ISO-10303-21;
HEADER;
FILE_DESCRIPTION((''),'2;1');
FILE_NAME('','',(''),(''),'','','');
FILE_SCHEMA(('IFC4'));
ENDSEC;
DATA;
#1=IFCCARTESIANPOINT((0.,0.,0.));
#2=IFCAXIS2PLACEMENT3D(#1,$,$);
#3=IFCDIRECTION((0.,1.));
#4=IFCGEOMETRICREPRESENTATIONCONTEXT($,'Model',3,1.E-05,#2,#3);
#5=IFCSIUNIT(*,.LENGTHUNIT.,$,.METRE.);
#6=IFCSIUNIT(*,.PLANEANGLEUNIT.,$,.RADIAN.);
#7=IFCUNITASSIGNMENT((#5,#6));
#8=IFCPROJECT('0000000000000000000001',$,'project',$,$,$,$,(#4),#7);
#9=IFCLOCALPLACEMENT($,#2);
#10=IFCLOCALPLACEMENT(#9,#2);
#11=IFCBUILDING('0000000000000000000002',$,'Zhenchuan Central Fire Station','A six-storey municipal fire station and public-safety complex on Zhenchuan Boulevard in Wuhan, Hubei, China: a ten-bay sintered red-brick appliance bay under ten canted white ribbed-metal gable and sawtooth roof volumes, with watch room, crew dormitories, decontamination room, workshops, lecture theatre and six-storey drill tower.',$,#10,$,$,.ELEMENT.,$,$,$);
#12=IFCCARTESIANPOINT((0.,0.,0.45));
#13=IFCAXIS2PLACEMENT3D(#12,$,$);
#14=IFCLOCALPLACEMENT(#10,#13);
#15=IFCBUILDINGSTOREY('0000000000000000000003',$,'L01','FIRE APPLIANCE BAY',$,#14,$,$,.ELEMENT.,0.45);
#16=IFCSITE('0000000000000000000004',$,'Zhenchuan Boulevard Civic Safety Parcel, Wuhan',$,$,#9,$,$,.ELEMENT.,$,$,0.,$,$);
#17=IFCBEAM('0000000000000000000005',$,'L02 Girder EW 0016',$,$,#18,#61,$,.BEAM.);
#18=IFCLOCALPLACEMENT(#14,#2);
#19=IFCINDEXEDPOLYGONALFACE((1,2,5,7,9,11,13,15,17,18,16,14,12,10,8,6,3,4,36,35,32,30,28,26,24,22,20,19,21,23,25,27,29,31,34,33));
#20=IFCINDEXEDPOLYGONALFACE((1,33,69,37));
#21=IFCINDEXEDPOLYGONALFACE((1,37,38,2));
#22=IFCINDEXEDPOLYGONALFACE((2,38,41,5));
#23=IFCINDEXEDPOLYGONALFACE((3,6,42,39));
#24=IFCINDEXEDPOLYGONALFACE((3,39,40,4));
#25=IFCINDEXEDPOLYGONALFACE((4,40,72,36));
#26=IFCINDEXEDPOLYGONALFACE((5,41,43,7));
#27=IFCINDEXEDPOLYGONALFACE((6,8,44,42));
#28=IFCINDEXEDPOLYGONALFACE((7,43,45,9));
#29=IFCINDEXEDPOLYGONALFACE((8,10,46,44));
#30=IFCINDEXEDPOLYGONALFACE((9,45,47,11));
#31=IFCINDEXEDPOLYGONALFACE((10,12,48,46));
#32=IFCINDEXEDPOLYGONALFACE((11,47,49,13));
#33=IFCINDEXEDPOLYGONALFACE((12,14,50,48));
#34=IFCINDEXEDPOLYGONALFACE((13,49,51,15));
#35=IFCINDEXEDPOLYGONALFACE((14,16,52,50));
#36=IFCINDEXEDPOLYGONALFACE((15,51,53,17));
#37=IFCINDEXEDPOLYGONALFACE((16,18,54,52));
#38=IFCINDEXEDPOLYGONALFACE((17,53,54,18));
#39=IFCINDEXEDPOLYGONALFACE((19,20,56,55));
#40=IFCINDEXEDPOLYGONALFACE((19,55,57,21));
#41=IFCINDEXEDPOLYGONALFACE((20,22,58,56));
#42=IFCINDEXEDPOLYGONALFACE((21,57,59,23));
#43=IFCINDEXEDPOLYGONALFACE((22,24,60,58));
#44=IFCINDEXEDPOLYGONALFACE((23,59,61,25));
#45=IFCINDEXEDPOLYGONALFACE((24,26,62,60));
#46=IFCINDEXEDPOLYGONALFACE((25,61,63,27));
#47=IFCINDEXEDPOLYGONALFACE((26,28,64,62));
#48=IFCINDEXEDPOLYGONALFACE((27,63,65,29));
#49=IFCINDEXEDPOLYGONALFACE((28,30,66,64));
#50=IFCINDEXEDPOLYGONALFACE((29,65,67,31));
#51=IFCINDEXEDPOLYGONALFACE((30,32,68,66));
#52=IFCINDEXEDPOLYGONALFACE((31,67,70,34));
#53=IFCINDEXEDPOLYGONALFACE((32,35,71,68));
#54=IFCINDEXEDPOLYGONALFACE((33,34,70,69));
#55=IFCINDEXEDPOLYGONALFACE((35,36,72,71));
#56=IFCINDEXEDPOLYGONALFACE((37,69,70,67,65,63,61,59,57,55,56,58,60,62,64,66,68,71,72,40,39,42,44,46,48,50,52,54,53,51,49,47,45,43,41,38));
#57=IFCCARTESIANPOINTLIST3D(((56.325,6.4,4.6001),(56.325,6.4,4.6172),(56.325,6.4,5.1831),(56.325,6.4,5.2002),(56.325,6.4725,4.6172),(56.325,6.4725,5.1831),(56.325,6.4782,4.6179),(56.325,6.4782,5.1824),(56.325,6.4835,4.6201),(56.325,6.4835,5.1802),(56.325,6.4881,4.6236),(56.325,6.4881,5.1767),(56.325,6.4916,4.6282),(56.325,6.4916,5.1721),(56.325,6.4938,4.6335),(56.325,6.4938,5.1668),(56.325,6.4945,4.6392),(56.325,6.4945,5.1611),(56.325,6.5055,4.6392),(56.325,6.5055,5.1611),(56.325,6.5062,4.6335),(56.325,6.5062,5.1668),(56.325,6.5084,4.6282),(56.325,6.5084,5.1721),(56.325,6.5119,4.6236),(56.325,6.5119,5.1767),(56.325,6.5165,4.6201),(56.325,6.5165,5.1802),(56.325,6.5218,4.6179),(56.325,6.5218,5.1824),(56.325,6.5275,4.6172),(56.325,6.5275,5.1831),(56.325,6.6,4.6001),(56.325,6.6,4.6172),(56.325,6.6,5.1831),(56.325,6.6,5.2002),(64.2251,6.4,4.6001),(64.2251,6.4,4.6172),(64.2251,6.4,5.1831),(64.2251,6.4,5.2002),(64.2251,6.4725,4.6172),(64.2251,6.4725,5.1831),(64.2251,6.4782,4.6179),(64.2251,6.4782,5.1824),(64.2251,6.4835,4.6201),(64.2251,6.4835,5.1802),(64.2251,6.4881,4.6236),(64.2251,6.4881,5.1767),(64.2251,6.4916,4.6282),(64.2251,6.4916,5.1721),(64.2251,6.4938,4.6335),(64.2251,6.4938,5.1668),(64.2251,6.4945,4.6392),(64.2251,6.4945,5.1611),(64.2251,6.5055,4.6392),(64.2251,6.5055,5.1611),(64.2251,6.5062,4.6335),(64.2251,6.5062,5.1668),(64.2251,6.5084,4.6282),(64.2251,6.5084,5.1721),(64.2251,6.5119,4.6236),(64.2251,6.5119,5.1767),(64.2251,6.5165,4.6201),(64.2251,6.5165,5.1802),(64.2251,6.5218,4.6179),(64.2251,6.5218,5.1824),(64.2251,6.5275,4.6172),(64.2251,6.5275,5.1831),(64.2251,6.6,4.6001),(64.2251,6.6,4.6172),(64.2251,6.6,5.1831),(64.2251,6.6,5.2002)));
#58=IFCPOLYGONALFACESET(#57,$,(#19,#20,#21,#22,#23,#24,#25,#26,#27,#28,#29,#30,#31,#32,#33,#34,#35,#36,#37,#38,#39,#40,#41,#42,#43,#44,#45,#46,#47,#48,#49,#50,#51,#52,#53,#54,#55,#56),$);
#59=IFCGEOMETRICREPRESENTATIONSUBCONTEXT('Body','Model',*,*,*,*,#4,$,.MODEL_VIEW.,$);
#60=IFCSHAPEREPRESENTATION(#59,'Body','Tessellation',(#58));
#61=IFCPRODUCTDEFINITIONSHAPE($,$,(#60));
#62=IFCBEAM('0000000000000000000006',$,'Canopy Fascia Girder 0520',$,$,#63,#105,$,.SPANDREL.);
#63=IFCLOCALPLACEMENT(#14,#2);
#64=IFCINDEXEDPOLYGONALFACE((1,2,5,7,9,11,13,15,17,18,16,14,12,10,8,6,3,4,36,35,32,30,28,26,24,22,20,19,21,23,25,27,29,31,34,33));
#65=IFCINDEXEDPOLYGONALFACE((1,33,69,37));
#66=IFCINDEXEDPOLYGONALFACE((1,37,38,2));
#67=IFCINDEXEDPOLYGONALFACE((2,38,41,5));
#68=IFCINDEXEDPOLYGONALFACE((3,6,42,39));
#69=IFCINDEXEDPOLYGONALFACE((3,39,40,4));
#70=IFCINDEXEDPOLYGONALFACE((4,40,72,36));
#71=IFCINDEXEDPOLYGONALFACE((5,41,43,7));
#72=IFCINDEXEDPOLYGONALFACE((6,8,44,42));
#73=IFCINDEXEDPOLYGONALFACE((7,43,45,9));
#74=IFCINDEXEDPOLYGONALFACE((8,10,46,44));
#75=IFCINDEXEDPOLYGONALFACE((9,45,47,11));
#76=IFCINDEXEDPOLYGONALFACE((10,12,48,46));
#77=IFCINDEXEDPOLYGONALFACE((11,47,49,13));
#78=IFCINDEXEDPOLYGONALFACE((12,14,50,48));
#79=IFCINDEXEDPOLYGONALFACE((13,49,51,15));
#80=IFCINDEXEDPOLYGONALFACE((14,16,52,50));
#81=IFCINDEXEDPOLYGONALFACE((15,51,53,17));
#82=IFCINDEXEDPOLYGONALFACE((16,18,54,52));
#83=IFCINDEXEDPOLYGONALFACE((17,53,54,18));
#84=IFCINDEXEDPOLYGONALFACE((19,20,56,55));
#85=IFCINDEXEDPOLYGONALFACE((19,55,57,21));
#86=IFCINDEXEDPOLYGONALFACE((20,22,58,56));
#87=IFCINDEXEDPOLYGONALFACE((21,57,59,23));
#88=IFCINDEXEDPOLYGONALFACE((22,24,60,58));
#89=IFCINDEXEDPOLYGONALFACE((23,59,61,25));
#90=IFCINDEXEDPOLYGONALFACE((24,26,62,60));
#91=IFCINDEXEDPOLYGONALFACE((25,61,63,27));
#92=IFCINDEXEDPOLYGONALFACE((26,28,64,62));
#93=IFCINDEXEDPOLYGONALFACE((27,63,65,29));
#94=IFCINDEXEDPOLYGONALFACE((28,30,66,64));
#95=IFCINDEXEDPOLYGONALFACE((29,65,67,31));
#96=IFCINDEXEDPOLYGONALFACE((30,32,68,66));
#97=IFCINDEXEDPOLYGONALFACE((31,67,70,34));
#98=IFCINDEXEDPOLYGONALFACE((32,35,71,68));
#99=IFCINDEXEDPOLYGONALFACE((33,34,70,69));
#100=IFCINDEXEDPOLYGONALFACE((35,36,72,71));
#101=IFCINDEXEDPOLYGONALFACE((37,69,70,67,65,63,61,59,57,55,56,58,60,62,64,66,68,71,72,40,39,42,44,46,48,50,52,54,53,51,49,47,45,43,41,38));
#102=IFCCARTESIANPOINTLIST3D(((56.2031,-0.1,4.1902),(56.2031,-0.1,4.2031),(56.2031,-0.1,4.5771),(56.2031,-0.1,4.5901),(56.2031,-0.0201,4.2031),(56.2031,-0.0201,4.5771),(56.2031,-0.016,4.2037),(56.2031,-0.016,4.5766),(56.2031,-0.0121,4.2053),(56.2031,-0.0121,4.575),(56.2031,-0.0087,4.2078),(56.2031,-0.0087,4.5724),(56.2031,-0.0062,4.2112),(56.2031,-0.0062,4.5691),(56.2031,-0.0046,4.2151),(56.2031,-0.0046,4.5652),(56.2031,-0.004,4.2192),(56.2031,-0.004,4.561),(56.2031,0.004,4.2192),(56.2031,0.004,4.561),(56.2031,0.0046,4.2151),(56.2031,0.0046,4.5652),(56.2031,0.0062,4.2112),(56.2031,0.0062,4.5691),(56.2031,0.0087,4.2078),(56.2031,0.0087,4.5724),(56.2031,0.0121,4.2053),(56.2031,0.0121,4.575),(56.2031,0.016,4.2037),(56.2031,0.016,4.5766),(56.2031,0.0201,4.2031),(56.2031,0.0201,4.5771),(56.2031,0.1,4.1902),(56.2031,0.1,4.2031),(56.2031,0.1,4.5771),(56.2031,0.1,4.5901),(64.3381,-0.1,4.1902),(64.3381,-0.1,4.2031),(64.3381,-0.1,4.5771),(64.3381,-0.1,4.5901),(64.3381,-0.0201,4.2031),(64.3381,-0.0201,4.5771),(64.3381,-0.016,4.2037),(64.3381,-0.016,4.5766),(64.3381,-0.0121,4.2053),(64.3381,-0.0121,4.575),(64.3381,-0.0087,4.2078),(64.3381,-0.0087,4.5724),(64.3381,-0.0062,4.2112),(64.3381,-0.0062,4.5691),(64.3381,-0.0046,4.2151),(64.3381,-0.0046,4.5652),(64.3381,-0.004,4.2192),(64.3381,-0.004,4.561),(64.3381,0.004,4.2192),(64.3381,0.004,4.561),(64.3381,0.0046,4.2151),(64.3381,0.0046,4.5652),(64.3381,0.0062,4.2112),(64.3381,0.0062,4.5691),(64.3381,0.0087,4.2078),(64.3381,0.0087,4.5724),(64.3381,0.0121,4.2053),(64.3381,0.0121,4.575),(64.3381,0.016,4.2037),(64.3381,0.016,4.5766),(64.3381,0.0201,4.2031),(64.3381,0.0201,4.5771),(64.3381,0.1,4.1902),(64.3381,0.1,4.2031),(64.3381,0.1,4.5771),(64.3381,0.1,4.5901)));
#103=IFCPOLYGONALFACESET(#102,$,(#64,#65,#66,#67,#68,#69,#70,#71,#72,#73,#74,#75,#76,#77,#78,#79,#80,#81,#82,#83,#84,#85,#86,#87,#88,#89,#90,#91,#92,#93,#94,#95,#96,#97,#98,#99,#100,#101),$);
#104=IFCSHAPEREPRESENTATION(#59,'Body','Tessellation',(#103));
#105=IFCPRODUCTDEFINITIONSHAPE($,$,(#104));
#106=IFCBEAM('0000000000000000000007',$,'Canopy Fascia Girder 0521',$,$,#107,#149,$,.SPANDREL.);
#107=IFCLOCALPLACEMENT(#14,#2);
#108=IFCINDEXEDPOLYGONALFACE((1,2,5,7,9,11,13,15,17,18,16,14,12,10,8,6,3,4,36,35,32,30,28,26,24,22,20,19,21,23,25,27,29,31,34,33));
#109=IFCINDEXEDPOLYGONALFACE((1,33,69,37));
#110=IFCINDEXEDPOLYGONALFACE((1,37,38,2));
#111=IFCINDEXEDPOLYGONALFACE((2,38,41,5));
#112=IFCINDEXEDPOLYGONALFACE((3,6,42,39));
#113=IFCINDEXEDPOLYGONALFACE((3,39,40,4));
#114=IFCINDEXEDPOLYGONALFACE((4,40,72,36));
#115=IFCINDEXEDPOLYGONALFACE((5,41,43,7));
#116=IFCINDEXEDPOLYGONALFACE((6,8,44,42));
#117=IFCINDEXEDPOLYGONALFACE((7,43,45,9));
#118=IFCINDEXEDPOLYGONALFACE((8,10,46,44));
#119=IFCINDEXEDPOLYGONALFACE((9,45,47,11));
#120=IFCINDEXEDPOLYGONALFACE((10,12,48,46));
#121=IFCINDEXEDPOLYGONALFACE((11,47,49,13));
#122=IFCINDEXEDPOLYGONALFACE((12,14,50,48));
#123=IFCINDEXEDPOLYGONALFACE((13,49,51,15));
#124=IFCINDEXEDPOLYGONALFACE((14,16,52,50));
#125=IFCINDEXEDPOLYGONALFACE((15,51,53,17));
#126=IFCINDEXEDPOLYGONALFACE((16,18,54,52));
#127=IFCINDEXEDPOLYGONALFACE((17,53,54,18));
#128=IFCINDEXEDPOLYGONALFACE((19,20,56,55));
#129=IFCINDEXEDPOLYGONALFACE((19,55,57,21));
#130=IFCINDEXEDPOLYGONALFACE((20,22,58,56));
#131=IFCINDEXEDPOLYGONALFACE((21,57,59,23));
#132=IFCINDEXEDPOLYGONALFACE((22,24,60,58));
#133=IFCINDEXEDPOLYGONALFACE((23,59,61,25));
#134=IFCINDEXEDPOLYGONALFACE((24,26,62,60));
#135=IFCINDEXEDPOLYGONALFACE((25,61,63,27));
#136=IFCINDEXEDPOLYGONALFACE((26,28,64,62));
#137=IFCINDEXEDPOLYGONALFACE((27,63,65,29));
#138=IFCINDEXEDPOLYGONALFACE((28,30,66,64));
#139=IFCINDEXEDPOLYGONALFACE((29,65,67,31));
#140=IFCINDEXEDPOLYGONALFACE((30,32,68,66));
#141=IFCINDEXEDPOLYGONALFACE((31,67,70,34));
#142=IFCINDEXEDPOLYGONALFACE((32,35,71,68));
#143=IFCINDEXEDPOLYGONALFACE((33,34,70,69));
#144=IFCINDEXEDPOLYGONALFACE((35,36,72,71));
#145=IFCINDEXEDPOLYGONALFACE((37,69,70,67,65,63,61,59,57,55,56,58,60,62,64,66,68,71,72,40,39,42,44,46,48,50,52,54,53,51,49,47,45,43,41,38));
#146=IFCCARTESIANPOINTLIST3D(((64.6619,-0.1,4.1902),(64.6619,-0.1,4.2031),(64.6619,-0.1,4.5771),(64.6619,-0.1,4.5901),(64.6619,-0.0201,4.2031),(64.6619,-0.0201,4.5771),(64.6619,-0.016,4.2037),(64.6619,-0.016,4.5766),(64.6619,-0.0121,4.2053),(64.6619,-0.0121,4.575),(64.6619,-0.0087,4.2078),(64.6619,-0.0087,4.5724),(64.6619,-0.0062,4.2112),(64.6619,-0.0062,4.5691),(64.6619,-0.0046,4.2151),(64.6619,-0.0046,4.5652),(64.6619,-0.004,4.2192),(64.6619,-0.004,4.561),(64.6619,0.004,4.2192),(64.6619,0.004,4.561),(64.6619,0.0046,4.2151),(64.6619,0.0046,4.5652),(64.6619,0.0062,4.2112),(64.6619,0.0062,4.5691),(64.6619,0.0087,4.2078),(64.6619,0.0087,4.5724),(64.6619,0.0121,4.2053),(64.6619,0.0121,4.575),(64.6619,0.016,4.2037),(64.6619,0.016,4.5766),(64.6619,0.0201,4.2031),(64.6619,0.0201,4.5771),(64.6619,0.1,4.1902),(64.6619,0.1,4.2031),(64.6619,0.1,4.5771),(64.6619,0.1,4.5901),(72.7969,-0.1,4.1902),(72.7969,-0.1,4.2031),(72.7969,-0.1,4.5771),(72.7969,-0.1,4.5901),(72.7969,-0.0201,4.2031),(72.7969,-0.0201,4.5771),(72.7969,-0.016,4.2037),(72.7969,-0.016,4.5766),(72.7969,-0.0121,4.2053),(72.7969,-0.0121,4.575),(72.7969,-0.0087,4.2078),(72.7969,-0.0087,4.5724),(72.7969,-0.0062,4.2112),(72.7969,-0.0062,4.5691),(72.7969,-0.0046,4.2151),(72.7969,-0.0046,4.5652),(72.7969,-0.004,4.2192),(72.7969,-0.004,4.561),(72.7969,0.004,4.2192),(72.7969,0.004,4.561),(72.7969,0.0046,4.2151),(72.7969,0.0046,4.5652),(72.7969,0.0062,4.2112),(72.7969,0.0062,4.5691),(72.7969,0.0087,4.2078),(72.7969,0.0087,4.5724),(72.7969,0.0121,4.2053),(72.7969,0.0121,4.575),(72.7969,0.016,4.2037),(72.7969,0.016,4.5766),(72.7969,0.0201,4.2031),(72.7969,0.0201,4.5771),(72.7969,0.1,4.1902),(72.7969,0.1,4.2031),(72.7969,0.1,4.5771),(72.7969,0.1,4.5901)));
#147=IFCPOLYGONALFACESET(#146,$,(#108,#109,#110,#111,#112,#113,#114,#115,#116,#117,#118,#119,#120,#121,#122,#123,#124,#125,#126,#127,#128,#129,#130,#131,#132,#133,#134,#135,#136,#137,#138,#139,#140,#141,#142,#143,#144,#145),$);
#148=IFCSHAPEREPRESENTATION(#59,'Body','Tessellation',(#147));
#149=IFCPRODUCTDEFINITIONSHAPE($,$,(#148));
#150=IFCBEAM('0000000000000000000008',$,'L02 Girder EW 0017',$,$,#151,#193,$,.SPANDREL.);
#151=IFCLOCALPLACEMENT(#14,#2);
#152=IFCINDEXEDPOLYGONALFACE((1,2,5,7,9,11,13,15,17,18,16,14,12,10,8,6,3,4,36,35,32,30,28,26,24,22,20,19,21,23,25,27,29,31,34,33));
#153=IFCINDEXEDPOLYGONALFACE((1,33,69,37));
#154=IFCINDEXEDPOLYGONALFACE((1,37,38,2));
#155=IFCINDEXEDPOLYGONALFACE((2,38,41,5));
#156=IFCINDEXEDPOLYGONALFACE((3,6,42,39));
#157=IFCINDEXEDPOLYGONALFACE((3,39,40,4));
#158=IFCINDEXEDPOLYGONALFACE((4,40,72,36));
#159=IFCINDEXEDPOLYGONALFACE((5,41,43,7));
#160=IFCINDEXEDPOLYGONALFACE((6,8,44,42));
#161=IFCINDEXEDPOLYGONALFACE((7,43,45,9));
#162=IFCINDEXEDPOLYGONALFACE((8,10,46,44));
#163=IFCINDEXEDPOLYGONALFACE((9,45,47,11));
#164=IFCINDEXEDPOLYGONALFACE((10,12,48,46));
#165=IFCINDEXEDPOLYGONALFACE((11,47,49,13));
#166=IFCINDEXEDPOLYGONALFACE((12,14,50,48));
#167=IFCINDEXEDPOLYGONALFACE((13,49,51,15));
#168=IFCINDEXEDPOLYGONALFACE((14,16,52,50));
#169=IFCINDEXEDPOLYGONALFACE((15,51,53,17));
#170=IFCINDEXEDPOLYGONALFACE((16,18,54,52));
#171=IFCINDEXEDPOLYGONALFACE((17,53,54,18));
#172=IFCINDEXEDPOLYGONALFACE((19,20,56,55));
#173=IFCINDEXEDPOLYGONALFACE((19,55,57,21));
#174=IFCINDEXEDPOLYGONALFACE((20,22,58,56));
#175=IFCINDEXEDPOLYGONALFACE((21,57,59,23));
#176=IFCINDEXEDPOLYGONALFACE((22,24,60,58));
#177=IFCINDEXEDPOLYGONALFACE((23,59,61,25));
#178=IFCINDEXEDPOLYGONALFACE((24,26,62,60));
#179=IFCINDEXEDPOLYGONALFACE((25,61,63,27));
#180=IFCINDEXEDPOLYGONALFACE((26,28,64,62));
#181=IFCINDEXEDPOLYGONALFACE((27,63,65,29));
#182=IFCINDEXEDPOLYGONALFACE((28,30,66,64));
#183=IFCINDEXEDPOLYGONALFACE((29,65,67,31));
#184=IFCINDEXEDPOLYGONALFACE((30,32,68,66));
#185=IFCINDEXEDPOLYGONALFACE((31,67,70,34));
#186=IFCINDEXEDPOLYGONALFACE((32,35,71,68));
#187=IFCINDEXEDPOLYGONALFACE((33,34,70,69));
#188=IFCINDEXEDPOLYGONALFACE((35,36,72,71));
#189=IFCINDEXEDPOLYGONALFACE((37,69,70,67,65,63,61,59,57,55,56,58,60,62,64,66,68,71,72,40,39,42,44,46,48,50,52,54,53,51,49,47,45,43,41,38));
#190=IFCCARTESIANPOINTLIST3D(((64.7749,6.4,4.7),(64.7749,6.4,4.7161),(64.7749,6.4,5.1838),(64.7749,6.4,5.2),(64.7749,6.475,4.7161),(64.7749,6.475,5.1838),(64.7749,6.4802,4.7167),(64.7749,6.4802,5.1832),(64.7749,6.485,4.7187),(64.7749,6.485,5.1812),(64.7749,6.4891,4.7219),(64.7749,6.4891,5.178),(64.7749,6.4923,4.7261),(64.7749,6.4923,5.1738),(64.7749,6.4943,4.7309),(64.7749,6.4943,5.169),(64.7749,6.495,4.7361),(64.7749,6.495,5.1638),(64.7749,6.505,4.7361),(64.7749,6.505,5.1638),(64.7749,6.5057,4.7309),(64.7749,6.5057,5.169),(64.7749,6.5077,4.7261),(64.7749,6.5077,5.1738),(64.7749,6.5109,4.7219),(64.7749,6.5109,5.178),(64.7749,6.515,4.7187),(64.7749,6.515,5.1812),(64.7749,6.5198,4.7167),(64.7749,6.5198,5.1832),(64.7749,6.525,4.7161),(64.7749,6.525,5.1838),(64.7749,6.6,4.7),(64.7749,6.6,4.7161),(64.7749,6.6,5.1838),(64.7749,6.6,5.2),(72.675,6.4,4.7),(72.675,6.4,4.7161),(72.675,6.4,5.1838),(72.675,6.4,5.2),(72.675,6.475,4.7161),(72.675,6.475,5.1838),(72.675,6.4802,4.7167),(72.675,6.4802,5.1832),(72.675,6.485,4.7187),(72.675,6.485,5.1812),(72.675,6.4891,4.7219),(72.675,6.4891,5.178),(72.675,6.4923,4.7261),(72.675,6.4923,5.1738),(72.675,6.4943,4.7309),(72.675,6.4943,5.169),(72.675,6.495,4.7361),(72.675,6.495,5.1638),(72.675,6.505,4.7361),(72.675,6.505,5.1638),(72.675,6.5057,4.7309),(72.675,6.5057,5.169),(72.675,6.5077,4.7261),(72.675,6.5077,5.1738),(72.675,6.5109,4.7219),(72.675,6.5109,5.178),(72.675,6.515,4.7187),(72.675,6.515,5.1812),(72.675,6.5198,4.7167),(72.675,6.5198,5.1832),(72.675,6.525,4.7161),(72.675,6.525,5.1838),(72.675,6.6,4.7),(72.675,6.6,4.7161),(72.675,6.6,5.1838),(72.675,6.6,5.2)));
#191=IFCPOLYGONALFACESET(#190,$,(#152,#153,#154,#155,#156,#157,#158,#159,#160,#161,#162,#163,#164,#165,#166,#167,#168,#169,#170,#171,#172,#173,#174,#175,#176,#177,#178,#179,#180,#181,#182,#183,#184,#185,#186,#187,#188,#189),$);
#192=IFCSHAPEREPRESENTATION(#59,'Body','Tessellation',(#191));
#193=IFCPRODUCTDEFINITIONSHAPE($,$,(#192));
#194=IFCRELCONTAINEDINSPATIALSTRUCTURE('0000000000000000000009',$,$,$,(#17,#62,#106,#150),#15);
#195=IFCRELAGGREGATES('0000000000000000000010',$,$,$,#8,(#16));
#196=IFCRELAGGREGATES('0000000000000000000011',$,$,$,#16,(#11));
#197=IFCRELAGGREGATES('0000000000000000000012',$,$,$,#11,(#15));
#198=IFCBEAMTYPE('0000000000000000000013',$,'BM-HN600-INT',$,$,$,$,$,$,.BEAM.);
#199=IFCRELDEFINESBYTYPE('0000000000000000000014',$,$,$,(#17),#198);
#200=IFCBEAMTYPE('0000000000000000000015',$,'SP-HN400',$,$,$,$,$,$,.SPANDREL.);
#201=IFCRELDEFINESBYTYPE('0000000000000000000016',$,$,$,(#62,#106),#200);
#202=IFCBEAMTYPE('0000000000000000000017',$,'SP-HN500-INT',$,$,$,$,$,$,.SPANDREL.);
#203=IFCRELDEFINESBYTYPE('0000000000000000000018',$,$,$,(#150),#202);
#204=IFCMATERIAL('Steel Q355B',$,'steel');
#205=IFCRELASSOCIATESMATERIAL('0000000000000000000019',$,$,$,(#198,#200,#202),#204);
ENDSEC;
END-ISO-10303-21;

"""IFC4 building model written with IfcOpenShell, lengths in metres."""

from ifc_helpers import new_model, si_unit, direction, frame, origin, origin_2d, place, context, subcontext, project, spatial, i_section, extrude, material, material_profile, profile_set, type_object, element, save


model = new_model("IFC4")

# Units and contexts
model_context = context("Model", 3, precision=1e-05, world=origin(), true_north=direction((0.0, 1.0)))
body_context = subcontext(model_context, "Body", "Model", "MODEL_VIEW")
ifc_project = project(units=[si_unit("LENGTHUNIT", "METRE"), si_unit("PLANEANGLEUNIT", "RADIAN")], contexts=[model_context])

# Site, building, storey
site_placement = place(None, origin())
site = spatial("IfcSite", under=ifc_project, at=site_placement, Name="Zhenchuan Boulevard Civic Safety Parcel, Wuhan", CompositionType="ELEMENT", RefElevation=0.0)
building_placement = place(site_placement, origin())
building = spatial("IfcBuilding", under=site, at=building_placement, Name="Zhenchuan Central Fire Station", Description="A six-storey municipal fire station and public-safety complex on Zhenchuan Boulevard in Wuhan, Hubei, China: a ten-bay sintered red-brick appliance bay under ten canted white ribbed-metal gable and sawtooth roof volumes, with watch room, crew dormitories, decontamination room, workshops, lecture theatre and six-storey drill tower.", CompositionType="ELEMENT")
storey_placement = place(building_placement, frame((0.0, 0.0, 0.45)))
storey = spatial("IfcBuildingStorey", under=building, at=storey_placement, Name="L01", Description="FIRE APPLIANCE BAY", CompositionType="ELEMENT", Elevation=0.45)

# Shared definitions
ifc_material_1 = material(Name="Steel Q355B", Category="steel")

# Beams
ifc_material_profile_1 = material_profile(ifc_material_1, i_section(OverallWidth=0.2, OverallDepth=0.6001, WebThickness=0.011, FlangeThickness=0.0171, FilletRadius=0.022, at=origin_2d()), Name="HN 600x200")
ifc_profile_set_1 = profile_set([ifc_material_profile_1], Name="Steel Q355B")
beam_type_1 = type_object("IfcBeamType", Name="BM-HN600-INT", PredefinedType="BEAM", material=ifc_profile_set_1)
beam_1_placement = place(storey_placement, frame((56.325, 6.5, 4.9001), z_axis=(1.0, 0.0, 0.0), x_axis=(0.0, 1.0, 0.0)))
element("IfcBeam", 1, at=beam_1_placement, inside=storey, type_object=beam_type_1, Name="L02 Girder EW 0016", PredefinedType="BEAM", context=body_context, shape_type="SweptSolid", body=[
    extrude(i_section(OverallWidth=0.2, OverallDepth=0.6001, WebThickness=0.011, FlangeThickness=0.0171, FilletRadius=0.022, at=origin_2d()), origin(), (0.0, 0.0, 1.0), 7.9001),
])
ifc_material_profile_2 = material_profile(ifc_material_1, i_section(OverallWidth=0.2, OverallDepth=0.3999, WebThickness=0.0081, FlangeThickness=0.0129, FilletRadius=0.0161, at=origin_2d()), Name="HN 400x200")
ifc_profile_set_2 = profile_set([ifc_material_profile_2], Name="Steel Q355B")
beam_type_2 = type_object("IfcBeamType", Name="SP-HN400", PredefinedType="SPANDREL", material=ifc_profile_set_2)
for number, where, z_axis, x_axis, name in (
    (2, (56.2031, 0.0, 4.3901), (1.0, 0.0, 0.0), (0.0, 1.0, 0.0), "Canopy Fascia Girder 0520"),
    (3, (64.6619, 0.0, 4.3901), (1.0, 0.0, 0.0), (0.0, 1.0, 0.0), "Canopy Fascia Girder 0521"),
):
    element("IfcBeam", number, at=place(storey_placement, frame(where, z_axis=z_axis, x_axis=x_axis)), inside=storey, type_object=beam_type_2, Name=name, PredefinedType="SPANDREL", context=body_context, shape_type="SweptSolid", body=[
        extrude(i_section(OverallWidth=0.2, OverallDepth=0.3999, WebThickness=0.0081, FlangeThickness=0.0129, FilletRadius=0.0161, at=origin_2d()), origin(), (0.0, 0.0, 1.0), 8.135),
    ])
ifc_material_profile_3 = material_profile(ifc_material_1, i_section(OverallWidth=0.2, OverallDepth=0.5, WebThickness=0.01, FlangeThickness=0.0161, FilletRadius=0.02, at=origin_2d()), Name="HN 500x200")
ifc_profile_set_3 = profile_set([ifc_material_profile_3], Name="Steel Q355B")
beam_type_3 = type_object("IfcBeamType", Name="SP-HN500-INT", PredefinedType="SPANDREL", material=ifc_profile_set_3)
beam_2_placement = place(storey_placement, frame((64.7749, 6.5, 4.95), z_axis=(1.0, 0.0, 0.0), x_axis=(0.0, 1.0, 0.0)))
element("IfcBeam", 4, at=beam_2_placement, inside=storey, type_object=beam_type_3, Name="L02 Girder EW 0017", PredefinedType="SPANDREL", context=body_context, shape_type="SweptSolid", body=[
    extrude(i_section(OverallWidth=0.2, OverallDepth=0.5, WebThickness=0.01, FlangeThickness=0.0161, FilletRadius=0.02, at=origin_2d()), origin(), (0.0, 0.0, 1.0), 7.9001),
])

save(model, "model.ifc")
